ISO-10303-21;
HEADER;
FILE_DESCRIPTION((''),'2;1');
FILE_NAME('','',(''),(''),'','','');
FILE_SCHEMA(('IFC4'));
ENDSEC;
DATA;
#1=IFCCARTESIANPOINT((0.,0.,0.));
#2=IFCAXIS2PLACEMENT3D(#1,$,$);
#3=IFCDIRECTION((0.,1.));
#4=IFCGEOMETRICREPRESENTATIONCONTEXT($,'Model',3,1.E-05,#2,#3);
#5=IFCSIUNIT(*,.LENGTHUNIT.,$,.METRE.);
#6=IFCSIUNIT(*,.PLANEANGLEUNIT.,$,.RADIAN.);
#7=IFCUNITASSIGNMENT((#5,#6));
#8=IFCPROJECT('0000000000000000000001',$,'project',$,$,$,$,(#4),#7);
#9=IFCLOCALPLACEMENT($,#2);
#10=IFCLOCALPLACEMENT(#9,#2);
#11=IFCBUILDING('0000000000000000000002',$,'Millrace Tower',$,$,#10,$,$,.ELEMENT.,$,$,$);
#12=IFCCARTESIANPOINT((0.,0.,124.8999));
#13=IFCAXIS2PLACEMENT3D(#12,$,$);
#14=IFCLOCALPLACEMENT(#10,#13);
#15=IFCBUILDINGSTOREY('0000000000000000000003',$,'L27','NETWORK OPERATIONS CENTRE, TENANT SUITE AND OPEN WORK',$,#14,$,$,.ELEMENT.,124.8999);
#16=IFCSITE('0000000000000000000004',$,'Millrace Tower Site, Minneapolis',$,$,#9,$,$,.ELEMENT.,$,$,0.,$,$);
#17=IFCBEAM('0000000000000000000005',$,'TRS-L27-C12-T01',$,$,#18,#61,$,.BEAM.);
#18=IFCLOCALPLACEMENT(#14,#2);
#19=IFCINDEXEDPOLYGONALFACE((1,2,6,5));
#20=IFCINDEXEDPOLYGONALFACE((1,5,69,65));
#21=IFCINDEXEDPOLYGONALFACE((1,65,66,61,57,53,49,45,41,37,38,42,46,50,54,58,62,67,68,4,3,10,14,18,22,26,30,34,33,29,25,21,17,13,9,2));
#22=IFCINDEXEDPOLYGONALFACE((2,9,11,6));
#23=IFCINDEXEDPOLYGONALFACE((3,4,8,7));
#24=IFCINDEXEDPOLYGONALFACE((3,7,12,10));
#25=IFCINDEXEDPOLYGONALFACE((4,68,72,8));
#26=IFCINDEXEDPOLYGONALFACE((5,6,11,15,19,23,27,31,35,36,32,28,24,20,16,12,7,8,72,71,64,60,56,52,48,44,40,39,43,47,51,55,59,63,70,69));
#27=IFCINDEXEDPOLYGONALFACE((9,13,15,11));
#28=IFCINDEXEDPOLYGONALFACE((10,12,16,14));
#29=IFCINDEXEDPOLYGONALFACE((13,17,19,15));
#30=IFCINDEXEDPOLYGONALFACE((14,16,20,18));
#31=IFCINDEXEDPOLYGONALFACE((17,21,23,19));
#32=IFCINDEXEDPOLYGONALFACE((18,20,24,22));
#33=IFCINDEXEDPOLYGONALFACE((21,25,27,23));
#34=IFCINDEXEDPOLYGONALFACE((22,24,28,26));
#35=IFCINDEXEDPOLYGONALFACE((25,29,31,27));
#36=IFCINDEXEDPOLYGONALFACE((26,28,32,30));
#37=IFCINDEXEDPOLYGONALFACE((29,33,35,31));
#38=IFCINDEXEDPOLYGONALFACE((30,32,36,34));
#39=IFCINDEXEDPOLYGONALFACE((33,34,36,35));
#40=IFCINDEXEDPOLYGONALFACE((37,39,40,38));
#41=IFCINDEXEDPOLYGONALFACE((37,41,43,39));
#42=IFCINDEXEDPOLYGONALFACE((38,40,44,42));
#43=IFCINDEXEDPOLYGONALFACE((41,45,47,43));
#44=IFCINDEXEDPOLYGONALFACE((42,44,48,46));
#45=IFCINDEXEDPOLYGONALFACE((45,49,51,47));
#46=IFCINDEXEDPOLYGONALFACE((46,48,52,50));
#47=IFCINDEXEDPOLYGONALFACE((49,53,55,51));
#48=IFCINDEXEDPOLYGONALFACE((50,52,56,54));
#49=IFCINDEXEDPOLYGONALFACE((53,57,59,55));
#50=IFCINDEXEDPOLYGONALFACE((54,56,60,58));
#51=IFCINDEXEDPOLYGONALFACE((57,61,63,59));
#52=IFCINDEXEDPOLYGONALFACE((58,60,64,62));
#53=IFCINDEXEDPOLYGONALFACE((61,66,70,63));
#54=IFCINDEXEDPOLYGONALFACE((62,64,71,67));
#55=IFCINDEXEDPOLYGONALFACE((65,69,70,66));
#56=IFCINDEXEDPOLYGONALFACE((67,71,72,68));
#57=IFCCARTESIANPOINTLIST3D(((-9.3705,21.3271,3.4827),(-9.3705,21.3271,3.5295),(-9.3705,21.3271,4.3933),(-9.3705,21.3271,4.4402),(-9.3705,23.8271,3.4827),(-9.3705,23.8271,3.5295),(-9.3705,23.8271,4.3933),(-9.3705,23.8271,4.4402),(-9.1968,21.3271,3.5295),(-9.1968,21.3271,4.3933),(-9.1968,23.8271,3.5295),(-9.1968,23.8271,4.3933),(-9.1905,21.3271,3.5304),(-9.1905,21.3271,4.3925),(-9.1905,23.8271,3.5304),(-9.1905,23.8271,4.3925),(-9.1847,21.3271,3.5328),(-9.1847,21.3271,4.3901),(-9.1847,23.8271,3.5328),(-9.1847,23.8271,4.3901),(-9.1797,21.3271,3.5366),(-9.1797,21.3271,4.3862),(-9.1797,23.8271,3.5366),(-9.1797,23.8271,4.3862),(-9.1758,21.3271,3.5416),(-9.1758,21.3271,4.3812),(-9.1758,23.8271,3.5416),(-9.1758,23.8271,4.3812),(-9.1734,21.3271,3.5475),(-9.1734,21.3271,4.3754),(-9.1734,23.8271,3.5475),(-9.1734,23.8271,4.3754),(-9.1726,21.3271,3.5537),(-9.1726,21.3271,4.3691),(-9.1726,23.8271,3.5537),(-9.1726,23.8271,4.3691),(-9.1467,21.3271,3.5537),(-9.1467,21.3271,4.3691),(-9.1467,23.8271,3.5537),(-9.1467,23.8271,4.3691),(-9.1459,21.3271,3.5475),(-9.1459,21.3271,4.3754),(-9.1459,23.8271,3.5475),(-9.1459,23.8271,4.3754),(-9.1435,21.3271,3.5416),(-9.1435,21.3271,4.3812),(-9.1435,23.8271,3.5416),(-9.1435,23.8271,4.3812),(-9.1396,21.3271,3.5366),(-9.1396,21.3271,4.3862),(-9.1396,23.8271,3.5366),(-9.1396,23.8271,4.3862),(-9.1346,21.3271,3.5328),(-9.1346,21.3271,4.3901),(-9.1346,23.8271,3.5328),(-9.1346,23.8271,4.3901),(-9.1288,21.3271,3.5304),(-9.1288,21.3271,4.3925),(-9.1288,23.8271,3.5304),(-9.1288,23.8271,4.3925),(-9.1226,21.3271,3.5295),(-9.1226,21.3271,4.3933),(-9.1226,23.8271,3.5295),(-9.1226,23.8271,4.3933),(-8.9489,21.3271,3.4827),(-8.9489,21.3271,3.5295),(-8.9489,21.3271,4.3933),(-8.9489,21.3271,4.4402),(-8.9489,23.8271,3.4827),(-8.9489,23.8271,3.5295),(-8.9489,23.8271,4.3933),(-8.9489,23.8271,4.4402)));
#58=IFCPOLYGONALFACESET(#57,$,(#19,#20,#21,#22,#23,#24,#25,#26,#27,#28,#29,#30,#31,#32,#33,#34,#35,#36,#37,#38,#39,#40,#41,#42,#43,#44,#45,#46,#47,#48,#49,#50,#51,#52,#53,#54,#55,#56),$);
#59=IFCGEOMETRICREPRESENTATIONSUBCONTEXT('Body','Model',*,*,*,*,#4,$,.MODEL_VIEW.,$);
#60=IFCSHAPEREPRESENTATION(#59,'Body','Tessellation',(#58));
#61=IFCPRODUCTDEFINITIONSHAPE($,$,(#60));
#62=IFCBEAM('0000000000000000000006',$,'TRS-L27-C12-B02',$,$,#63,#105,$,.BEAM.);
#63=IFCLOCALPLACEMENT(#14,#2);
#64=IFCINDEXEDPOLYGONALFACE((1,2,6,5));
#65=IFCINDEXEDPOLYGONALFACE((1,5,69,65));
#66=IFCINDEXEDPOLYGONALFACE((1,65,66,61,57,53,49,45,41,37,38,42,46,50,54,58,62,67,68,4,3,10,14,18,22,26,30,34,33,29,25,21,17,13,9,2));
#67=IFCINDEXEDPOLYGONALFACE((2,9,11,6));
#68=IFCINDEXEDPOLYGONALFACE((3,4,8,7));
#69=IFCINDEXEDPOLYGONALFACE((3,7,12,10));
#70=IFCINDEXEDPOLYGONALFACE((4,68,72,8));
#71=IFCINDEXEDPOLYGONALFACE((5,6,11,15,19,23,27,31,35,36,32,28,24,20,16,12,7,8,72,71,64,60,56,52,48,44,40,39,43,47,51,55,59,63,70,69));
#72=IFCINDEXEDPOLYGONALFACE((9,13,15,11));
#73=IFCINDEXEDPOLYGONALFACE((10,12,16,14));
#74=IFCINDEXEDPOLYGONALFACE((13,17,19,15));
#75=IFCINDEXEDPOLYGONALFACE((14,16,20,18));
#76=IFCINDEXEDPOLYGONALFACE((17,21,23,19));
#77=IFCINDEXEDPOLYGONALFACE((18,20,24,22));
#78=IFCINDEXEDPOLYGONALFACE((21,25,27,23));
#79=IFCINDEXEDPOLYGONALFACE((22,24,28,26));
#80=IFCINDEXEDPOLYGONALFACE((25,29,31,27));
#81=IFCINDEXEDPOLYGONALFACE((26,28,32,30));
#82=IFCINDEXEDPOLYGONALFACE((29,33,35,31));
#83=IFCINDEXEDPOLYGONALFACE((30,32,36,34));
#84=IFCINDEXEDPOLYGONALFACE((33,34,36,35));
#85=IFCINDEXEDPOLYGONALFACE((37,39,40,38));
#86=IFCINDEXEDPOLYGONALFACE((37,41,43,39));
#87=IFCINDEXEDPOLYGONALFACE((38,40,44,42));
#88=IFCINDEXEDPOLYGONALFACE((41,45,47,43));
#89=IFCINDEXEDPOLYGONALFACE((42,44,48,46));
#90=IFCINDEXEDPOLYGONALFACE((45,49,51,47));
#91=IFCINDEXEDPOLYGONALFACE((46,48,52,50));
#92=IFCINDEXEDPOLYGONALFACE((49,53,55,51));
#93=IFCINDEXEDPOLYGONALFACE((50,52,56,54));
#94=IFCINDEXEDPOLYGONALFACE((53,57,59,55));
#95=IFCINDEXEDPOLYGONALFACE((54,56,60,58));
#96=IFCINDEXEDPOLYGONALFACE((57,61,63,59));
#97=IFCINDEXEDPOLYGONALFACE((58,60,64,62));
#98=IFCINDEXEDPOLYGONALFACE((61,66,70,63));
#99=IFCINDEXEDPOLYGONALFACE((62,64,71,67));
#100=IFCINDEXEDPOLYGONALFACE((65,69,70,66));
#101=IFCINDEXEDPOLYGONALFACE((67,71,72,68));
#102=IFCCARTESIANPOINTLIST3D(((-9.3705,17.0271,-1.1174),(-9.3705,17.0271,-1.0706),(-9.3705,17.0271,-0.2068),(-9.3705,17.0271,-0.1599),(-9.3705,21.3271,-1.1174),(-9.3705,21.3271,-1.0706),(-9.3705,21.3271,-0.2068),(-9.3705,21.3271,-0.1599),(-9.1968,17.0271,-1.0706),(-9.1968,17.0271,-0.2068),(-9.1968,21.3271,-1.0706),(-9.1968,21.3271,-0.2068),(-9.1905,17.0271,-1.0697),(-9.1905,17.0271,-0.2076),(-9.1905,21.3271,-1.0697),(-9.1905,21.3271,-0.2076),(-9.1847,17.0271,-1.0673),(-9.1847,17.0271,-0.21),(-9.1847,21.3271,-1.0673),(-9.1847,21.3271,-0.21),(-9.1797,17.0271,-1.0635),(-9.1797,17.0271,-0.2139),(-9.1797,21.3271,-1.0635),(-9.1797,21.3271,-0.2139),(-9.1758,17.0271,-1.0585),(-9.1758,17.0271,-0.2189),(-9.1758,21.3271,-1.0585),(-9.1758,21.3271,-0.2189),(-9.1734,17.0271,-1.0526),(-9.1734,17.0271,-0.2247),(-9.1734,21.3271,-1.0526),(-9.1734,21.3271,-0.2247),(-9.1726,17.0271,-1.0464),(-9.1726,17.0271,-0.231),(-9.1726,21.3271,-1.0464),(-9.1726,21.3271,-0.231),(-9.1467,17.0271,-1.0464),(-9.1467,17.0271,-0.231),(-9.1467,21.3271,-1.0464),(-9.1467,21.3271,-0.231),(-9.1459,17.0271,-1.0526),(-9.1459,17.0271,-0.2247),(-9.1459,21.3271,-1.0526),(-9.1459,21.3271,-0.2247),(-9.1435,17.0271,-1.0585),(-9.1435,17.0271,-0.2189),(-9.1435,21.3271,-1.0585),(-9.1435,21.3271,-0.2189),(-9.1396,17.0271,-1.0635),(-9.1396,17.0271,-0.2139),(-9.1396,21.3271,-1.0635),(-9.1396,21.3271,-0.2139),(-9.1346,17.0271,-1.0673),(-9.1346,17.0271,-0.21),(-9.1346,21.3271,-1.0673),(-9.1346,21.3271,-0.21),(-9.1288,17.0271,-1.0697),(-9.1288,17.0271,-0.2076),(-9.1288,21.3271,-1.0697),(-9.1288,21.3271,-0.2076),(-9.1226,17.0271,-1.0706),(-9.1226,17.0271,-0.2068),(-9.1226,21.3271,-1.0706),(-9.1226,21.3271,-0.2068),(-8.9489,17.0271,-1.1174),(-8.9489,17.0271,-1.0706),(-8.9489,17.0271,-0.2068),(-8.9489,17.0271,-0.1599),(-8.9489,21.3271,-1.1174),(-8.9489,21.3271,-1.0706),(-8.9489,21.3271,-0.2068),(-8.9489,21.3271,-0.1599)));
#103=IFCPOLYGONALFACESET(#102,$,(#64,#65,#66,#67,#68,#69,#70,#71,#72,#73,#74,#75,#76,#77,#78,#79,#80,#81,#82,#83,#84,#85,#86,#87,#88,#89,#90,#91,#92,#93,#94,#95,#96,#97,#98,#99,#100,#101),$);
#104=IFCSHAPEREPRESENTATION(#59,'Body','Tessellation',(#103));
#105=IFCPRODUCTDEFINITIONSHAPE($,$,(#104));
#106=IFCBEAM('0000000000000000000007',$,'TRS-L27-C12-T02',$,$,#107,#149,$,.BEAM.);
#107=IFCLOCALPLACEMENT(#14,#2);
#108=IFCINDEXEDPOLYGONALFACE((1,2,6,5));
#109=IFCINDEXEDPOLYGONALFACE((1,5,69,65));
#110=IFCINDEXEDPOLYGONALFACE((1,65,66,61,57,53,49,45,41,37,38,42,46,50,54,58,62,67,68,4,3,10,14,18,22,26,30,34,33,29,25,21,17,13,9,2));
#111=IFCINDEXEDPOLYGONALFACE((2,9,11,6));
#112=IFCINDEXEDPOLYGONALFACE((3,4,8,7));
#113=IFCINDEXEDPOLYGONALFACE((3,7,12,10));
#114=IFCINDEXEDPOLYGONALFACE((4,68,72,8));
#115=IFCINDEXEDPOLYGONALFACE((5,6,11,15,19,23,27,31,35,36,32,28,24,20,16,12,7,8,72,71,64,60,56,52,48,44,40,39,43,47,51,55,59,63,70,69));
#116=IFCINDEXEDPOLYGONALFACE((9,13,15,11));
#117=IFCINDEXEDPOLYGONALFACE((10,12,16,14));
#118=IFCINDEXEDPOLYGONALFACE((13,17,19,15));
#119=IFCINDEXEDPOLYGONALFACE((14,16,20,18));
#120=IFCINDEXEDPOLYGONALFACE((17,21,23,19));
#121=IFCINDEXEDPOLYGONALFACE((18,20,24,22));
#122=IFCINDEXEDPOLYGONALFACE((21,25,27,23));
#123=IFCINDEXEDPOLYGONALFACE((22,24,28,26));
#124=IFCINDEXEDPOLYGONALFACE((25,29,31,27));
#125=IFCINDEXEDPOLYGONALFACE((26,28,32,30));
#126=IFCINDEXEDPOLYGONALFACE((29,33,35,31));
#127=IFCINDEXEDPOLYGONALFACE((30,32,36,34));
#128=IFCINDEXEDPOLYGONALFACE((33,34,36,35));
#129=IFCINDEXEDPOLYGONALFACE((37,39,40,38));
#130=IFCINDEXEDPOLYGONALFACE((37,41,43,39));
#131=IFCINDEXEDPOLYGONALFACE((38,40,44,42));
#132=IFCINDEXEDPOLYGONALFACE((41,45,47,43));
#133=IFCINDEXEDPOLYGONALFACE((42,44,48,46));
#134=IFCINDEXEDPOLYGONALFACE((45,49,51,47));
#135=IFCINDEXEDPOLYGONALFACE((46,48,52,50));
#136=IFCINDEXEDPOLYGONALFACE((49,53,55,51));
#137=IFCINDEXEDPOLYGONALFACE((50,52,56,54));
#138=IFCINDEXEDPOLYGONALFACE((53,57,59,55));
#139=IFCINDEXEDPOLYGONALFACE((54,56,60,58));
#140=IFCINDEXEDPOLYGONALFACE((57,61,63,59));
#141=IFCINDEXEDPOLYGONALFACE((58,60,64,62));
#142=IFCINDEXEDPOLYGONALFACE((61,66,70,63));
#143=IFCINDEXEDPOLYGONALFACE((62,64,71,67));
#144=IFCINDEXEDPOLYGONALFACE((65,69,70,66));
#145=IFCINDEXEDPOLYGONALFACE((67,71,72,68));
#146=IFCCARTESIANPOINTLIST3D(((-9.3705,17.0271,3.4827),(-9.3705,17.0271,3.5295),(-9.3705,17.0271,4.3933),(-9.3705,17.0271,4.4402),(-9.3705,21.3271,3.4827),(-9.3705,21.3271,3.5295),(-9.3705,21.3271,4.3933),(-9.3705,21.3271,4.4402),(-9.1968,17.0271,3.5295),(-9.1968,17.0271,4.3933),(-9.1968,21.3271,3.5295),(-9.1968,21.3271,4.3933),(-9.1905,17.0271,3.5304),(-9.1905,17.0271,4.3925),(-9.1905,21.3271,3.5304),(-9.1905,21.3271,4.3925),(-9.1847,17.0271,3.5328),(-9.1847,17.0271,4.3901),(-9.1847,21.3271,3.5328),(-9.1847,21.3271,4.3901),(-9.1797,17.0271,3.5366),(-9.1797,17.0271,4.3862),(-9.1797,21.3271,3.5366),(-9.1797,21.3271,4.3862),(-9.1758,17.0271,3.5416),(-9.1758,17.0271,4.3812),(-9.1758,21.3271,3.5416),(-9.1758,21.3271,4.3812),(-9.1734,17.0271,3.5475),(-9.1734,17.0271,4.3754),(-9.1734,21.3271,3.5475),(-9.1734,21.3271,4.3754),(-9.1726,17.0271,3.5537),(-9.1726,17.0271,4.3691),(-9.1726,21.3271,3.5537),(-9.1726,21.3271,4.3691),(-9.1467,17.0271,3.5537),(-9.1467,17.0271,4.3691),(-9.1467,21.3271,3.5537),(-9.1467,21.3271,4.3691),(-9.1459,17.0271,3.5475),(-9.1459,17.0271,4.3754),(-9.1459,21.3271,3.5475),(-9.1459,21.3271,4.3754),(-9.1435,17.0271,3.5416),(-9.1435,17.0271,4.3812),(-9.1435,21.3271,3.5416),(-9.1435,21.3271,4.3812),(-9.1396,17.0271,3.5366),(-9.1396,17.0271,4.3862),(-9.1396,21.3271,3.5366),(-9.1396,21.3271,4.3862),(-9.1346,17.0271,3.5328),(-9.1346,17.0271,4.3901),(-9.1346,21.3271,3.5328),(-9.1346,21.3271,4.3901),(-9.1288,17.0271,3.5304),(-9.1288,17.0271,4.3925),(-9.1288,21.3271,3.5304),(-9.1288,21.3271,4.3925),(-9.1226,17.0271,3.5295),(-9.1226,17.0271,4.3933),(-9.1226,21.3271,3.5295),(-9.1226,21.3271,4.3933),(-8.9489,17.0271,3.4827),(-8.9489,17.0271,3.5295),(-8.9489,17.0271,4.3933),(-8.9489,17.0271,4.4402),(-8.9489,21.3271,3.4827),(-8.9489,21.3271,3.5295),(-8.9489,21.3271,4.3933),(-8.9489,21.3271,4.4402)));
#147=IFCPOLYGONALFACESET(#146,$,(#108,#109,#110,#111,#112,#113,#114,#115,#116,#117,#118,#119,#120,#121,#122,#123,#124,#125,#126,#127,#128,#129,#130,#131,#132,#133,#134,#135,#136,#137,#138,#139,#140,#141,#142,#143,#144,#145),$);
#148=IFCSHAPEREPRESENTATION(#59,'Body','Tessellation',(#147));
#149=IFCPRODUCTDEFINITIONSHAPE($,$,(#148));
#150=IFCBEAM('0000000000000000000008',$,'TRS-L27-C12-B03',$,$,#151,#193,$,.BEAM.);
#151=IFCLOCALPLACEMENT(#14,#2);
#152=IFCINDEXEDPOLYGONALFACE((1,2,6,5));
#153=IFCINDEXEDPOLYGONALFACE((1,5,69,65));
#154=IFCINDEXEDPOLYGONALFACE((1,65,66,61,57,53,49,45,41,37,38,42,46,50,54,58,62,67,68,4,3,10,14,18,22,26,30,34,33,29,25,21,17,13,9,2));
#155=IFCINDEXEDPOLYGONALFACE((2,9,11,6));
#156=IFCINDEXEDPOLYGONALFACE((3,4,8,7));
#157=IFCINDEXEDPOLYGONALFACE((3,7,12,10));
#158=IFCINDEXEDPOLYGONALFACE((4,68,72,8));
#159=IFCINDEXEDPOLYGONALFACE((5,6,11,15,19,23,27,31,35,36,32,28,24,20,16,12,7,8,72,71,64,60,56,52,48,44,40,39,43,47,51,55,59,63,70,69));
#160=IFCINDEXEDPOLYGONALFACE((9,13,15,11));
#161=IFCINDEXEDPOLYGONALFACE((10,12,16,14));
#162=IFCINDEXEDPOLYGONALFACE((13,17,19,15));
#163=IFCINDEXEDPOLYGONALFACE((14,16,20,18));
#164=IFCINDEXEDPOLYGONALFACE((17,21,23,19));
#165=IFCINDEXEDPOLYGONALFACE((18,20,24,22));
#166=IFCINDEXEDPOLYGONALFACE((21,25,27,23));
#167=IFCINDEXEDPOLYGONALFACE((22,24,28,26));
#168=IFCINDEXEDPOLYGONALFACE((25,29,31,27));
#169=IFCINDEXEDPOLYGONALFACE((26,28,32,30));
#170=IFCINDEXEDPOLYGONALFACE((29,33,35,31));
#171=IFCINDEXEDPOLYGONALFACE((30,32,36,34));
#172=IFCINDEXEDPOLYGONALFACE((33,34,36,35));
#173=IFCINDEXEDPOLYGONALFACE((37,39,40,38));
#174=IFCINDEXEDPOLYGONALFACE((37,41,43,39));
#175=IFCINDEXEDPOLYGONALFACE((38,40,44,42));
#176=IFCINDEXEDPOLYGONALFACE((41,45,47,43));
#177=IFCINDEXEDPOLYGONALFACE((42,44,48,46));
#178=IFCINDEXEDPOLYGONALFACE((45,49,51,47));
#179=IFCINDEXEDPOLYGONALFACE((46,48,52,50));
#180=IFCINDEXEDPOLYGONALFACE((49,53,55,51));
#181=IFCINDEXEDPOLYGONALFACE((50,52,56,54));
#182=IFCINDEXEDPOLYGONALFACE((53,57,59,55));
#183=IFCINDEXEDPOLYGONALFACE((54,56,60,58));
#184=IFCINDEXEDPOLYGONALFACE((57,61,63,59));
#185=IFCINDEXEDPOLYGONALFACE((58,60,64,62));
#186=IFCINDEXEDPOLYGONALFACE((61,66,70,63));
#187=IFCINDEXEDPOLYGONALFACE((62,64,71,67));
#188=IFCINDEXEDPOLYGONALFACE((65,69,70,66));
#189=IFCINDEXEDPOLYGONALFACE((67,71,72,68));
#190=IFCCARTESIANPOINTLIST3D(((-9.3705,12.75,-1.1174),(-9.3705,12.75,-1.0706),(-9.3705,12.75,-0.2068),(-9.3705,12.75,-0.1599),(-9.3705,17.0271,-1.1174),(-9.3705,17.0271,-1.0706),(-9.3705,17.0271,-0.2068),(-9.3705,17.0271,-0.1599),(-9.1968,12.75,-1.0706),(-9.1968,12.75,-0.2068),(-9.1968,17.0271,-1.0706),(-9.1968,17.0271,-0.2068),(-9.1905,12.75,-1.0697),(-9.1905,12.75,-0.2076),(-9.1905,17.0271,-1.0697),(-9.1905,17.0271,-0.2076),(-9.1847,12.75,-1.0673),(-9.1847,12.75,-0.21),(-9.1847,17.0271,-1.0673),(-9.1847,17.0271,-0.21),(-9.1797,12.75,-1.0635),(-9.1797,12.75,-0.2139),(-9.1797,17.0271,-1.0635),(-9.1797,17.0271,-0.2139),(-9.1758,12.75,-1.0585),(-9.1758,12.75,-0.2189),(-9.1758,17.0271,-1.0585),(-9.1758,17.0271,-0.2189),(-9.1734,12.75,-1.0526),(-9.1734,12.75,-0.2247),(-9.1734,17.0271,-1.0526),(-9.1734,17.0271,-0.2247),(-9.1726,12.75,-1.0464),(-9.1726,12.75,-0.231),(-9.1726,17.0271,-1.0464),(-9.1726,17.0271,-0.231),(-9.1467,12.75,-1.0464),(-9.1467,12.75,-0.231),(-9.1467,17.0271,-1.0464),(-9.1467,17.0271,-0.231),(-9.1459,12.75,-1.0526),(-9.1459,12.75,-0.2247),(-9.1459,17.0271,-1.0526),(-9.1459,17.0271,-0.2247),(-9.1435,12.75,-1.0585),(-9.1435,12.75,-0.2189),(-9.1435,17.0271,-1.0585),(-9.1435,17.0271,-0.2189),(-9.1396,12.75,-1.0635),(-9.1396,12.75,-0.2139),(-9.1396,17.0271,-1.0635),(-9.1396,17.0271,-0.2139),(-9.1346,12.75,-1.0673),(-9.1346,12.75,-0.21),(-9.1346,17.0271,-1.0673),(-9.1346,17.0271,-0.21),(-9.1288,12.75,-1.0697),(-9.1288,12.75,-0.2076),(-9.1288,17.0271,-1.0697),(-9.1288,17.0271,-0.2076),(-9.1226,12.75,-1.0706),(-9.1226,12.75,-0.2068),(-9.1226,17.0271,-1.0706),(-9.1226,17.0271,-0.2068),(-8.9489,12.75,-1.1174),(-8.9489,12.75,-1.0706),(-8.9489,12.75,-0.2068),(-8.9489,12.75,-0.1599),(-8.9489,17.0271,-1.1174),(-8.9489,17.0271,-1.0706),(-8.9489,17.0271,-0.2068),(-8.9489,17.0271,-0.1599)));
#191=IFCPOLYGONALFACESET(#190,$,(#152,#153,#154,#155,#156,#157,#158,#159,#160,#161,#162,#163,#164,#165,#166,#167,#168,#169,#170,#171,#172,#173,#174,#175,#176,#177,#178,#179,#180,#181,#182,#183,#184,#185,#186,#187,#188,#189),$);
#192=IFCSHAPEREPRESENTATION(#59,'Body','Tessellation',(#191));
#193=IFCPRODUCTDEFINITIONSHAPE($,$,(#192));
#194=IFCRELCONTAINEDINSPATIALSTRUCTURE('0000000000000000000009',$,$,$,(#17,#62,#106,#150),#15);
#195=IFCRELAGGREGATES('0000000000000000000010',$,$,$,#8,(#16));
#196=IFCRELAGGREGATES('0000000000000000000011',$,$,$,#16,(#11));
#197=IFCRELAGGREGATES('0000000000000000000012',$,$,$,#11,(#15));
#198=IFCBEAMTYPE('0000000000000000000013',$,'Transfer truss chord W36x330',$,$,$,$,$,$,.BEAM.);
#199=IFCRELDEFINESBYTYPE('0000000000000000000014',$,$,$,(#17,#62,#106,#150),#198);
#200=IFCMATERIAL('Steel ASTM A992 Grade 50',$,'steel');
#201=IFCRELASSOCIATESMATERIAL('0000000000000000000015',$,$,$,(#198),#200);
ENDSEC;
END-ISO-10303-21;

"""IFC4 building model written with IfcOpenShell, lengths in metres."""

from ifc_helpers import new_model, si_unit, direction, frame, origin, origin_2d, place, context, subcontext, project, spatial, i_section, extrude, material, material_profile, profile_set, type_object, element, save


model = new_model("IFC4")

# Units and contexts
model_context = context("Model", 3, precision=1e-05, world=origin(), true_north=direction((0.0, 1.0)))
body_context = subcontext(model_context, "Body", "Model", "MODEL_VIEW")
ifc_project = project(units=[si_unit("LENGTHUNIT", "METRE"), si_unit("PLANEANGLEUNIT", "RADIAN")], contexts=[model_context])

# Site, building, storey
site_placement = place(None, origin())
site = spatial("IfcSite", under=ifc_project, at=site_placement, Name="Millrace Tower Site, Minneapolis", CompositionType="ELEMENT", RefElevation=0.0)
building_placement = place(site_placement, origin())
building = spatial("IfcBuilding", under=site, at=building_placement, Name="Millrace Tower", CompositionType="ELEMENT")
storey_placement = place(building_placement, frame((0.0, 0.0, 124.8999)))
storey = spatial("IfcBuildingStorey", under=building, at=storey_placement, Name="L27", Description="NETWORK OPERATIONS CENTRE, TENANT SUITE AND OPEN WORK", CompositionType="ELEMENT", Elevation=124.8999)

# Beams
ifc_material_1 = material(Name="Steel ASTM A992 Grade 50", Category="steel")
ifc_material_profile_1 = material_profile(ifc_material_1, i_section(OverallWidth=0.4216, OverallDepth=0.9575, WebThickness=0.0259, FlangeThickness=0.0469, FilletRadius=0.0242, at=origin_2d()))
ifc_profile_set_1 = profile_set([ifc_material_profile_1], Name="Steel ASTM A992 Grade 50")
beam_type_1 = type_object("IfcBeamType", Name="Transfer truss chord W36x330", PredefinedType="BEAM", material=ifc_profile_set_1)
for number, where, z_axis, x_axis, name in (
    (1, (-9.1597, 23.8271, 3.9614), (0.0, -1.0, 0.0), (1.0, 0.0, 0.0), "TRS-L27-C12-T01"),
):
    element("IfcBeam", number, at=place(storey_placement, frame(where, z_axis=z_axis, x_axis=x_axis)), inside=storey, type_object=beam_type_1, Name=name, PredefinedType="BEAM", context=body_context, shape_type="SweptSolid", body=[
        extrude(i_section(OverallWidth=0.4216, OverallDepth=0.9575, WebThickness=0.0259, FlangeThickness=0.0469, FilletRadius=0.0242, at=origin_2d()), origin(), (0.0, 0.0, 1.0), 2.5),
    ])
for number, where, z_axis, x_axis, name in (
    (2, (-9.1597, 21.3271, -0.6387), (0.0, -1.0, 0.0), (1.0, 0.0, 0.0), "TRS-L27-C12-B02"),
    (3, (-9.1597, 21.3271, 3.9614), (0.0, -1.0, 0.0), (1.0, 0.0, 0.0), "TRS-L27-C12-T02"),
):
    element("IfcBeam", number, at=place(storey_placement, frame(where, z_axis=z_axis, x_axis=x_axis)), inside=storey, type_object=beam_type_1, Name=name, PredefinedType="BEAM", context=body_context, shape_type="SweptSolid", body=[
        extrude(i_section(OverallWidth=0.4216, OverallDepth=0.9575, WebThickness=0.0259, FlangeThickness=0.0469, FilletRadius=0.0242, at=origin_2d()), origin(), (0.0, 0.0, 1.0), 4.3),
    ])
for number, where, z_axis, x_axis, name in (
    (4, (-9.1597, 17.0271, -0.6387), (0.0, -1.0, 0.0), (1.0, 0.0, 0.0), "TRS-L27-C12-B03"),
):
    element("IfcBeam", number, at=place(storey_placement, frame(where, z_axis=z_axis, x_axis=x_axis)), inside=storey, type_object=beam_type_1, Name=name, PredefinedType="BEAM", context=body_context, shape_type="SweptSolid", body=[
        extrude(i_section(OverallWidth=0.4216, OverallDepth=0.9575, WebThickness=0.0259, FlangeThickness=0.0469, FilletRadius=0.0242, at=origin_2d()), origin(), (0.0, 0.0, 1.0), 4.2771),
    ])

save(model, "model.ifc")
